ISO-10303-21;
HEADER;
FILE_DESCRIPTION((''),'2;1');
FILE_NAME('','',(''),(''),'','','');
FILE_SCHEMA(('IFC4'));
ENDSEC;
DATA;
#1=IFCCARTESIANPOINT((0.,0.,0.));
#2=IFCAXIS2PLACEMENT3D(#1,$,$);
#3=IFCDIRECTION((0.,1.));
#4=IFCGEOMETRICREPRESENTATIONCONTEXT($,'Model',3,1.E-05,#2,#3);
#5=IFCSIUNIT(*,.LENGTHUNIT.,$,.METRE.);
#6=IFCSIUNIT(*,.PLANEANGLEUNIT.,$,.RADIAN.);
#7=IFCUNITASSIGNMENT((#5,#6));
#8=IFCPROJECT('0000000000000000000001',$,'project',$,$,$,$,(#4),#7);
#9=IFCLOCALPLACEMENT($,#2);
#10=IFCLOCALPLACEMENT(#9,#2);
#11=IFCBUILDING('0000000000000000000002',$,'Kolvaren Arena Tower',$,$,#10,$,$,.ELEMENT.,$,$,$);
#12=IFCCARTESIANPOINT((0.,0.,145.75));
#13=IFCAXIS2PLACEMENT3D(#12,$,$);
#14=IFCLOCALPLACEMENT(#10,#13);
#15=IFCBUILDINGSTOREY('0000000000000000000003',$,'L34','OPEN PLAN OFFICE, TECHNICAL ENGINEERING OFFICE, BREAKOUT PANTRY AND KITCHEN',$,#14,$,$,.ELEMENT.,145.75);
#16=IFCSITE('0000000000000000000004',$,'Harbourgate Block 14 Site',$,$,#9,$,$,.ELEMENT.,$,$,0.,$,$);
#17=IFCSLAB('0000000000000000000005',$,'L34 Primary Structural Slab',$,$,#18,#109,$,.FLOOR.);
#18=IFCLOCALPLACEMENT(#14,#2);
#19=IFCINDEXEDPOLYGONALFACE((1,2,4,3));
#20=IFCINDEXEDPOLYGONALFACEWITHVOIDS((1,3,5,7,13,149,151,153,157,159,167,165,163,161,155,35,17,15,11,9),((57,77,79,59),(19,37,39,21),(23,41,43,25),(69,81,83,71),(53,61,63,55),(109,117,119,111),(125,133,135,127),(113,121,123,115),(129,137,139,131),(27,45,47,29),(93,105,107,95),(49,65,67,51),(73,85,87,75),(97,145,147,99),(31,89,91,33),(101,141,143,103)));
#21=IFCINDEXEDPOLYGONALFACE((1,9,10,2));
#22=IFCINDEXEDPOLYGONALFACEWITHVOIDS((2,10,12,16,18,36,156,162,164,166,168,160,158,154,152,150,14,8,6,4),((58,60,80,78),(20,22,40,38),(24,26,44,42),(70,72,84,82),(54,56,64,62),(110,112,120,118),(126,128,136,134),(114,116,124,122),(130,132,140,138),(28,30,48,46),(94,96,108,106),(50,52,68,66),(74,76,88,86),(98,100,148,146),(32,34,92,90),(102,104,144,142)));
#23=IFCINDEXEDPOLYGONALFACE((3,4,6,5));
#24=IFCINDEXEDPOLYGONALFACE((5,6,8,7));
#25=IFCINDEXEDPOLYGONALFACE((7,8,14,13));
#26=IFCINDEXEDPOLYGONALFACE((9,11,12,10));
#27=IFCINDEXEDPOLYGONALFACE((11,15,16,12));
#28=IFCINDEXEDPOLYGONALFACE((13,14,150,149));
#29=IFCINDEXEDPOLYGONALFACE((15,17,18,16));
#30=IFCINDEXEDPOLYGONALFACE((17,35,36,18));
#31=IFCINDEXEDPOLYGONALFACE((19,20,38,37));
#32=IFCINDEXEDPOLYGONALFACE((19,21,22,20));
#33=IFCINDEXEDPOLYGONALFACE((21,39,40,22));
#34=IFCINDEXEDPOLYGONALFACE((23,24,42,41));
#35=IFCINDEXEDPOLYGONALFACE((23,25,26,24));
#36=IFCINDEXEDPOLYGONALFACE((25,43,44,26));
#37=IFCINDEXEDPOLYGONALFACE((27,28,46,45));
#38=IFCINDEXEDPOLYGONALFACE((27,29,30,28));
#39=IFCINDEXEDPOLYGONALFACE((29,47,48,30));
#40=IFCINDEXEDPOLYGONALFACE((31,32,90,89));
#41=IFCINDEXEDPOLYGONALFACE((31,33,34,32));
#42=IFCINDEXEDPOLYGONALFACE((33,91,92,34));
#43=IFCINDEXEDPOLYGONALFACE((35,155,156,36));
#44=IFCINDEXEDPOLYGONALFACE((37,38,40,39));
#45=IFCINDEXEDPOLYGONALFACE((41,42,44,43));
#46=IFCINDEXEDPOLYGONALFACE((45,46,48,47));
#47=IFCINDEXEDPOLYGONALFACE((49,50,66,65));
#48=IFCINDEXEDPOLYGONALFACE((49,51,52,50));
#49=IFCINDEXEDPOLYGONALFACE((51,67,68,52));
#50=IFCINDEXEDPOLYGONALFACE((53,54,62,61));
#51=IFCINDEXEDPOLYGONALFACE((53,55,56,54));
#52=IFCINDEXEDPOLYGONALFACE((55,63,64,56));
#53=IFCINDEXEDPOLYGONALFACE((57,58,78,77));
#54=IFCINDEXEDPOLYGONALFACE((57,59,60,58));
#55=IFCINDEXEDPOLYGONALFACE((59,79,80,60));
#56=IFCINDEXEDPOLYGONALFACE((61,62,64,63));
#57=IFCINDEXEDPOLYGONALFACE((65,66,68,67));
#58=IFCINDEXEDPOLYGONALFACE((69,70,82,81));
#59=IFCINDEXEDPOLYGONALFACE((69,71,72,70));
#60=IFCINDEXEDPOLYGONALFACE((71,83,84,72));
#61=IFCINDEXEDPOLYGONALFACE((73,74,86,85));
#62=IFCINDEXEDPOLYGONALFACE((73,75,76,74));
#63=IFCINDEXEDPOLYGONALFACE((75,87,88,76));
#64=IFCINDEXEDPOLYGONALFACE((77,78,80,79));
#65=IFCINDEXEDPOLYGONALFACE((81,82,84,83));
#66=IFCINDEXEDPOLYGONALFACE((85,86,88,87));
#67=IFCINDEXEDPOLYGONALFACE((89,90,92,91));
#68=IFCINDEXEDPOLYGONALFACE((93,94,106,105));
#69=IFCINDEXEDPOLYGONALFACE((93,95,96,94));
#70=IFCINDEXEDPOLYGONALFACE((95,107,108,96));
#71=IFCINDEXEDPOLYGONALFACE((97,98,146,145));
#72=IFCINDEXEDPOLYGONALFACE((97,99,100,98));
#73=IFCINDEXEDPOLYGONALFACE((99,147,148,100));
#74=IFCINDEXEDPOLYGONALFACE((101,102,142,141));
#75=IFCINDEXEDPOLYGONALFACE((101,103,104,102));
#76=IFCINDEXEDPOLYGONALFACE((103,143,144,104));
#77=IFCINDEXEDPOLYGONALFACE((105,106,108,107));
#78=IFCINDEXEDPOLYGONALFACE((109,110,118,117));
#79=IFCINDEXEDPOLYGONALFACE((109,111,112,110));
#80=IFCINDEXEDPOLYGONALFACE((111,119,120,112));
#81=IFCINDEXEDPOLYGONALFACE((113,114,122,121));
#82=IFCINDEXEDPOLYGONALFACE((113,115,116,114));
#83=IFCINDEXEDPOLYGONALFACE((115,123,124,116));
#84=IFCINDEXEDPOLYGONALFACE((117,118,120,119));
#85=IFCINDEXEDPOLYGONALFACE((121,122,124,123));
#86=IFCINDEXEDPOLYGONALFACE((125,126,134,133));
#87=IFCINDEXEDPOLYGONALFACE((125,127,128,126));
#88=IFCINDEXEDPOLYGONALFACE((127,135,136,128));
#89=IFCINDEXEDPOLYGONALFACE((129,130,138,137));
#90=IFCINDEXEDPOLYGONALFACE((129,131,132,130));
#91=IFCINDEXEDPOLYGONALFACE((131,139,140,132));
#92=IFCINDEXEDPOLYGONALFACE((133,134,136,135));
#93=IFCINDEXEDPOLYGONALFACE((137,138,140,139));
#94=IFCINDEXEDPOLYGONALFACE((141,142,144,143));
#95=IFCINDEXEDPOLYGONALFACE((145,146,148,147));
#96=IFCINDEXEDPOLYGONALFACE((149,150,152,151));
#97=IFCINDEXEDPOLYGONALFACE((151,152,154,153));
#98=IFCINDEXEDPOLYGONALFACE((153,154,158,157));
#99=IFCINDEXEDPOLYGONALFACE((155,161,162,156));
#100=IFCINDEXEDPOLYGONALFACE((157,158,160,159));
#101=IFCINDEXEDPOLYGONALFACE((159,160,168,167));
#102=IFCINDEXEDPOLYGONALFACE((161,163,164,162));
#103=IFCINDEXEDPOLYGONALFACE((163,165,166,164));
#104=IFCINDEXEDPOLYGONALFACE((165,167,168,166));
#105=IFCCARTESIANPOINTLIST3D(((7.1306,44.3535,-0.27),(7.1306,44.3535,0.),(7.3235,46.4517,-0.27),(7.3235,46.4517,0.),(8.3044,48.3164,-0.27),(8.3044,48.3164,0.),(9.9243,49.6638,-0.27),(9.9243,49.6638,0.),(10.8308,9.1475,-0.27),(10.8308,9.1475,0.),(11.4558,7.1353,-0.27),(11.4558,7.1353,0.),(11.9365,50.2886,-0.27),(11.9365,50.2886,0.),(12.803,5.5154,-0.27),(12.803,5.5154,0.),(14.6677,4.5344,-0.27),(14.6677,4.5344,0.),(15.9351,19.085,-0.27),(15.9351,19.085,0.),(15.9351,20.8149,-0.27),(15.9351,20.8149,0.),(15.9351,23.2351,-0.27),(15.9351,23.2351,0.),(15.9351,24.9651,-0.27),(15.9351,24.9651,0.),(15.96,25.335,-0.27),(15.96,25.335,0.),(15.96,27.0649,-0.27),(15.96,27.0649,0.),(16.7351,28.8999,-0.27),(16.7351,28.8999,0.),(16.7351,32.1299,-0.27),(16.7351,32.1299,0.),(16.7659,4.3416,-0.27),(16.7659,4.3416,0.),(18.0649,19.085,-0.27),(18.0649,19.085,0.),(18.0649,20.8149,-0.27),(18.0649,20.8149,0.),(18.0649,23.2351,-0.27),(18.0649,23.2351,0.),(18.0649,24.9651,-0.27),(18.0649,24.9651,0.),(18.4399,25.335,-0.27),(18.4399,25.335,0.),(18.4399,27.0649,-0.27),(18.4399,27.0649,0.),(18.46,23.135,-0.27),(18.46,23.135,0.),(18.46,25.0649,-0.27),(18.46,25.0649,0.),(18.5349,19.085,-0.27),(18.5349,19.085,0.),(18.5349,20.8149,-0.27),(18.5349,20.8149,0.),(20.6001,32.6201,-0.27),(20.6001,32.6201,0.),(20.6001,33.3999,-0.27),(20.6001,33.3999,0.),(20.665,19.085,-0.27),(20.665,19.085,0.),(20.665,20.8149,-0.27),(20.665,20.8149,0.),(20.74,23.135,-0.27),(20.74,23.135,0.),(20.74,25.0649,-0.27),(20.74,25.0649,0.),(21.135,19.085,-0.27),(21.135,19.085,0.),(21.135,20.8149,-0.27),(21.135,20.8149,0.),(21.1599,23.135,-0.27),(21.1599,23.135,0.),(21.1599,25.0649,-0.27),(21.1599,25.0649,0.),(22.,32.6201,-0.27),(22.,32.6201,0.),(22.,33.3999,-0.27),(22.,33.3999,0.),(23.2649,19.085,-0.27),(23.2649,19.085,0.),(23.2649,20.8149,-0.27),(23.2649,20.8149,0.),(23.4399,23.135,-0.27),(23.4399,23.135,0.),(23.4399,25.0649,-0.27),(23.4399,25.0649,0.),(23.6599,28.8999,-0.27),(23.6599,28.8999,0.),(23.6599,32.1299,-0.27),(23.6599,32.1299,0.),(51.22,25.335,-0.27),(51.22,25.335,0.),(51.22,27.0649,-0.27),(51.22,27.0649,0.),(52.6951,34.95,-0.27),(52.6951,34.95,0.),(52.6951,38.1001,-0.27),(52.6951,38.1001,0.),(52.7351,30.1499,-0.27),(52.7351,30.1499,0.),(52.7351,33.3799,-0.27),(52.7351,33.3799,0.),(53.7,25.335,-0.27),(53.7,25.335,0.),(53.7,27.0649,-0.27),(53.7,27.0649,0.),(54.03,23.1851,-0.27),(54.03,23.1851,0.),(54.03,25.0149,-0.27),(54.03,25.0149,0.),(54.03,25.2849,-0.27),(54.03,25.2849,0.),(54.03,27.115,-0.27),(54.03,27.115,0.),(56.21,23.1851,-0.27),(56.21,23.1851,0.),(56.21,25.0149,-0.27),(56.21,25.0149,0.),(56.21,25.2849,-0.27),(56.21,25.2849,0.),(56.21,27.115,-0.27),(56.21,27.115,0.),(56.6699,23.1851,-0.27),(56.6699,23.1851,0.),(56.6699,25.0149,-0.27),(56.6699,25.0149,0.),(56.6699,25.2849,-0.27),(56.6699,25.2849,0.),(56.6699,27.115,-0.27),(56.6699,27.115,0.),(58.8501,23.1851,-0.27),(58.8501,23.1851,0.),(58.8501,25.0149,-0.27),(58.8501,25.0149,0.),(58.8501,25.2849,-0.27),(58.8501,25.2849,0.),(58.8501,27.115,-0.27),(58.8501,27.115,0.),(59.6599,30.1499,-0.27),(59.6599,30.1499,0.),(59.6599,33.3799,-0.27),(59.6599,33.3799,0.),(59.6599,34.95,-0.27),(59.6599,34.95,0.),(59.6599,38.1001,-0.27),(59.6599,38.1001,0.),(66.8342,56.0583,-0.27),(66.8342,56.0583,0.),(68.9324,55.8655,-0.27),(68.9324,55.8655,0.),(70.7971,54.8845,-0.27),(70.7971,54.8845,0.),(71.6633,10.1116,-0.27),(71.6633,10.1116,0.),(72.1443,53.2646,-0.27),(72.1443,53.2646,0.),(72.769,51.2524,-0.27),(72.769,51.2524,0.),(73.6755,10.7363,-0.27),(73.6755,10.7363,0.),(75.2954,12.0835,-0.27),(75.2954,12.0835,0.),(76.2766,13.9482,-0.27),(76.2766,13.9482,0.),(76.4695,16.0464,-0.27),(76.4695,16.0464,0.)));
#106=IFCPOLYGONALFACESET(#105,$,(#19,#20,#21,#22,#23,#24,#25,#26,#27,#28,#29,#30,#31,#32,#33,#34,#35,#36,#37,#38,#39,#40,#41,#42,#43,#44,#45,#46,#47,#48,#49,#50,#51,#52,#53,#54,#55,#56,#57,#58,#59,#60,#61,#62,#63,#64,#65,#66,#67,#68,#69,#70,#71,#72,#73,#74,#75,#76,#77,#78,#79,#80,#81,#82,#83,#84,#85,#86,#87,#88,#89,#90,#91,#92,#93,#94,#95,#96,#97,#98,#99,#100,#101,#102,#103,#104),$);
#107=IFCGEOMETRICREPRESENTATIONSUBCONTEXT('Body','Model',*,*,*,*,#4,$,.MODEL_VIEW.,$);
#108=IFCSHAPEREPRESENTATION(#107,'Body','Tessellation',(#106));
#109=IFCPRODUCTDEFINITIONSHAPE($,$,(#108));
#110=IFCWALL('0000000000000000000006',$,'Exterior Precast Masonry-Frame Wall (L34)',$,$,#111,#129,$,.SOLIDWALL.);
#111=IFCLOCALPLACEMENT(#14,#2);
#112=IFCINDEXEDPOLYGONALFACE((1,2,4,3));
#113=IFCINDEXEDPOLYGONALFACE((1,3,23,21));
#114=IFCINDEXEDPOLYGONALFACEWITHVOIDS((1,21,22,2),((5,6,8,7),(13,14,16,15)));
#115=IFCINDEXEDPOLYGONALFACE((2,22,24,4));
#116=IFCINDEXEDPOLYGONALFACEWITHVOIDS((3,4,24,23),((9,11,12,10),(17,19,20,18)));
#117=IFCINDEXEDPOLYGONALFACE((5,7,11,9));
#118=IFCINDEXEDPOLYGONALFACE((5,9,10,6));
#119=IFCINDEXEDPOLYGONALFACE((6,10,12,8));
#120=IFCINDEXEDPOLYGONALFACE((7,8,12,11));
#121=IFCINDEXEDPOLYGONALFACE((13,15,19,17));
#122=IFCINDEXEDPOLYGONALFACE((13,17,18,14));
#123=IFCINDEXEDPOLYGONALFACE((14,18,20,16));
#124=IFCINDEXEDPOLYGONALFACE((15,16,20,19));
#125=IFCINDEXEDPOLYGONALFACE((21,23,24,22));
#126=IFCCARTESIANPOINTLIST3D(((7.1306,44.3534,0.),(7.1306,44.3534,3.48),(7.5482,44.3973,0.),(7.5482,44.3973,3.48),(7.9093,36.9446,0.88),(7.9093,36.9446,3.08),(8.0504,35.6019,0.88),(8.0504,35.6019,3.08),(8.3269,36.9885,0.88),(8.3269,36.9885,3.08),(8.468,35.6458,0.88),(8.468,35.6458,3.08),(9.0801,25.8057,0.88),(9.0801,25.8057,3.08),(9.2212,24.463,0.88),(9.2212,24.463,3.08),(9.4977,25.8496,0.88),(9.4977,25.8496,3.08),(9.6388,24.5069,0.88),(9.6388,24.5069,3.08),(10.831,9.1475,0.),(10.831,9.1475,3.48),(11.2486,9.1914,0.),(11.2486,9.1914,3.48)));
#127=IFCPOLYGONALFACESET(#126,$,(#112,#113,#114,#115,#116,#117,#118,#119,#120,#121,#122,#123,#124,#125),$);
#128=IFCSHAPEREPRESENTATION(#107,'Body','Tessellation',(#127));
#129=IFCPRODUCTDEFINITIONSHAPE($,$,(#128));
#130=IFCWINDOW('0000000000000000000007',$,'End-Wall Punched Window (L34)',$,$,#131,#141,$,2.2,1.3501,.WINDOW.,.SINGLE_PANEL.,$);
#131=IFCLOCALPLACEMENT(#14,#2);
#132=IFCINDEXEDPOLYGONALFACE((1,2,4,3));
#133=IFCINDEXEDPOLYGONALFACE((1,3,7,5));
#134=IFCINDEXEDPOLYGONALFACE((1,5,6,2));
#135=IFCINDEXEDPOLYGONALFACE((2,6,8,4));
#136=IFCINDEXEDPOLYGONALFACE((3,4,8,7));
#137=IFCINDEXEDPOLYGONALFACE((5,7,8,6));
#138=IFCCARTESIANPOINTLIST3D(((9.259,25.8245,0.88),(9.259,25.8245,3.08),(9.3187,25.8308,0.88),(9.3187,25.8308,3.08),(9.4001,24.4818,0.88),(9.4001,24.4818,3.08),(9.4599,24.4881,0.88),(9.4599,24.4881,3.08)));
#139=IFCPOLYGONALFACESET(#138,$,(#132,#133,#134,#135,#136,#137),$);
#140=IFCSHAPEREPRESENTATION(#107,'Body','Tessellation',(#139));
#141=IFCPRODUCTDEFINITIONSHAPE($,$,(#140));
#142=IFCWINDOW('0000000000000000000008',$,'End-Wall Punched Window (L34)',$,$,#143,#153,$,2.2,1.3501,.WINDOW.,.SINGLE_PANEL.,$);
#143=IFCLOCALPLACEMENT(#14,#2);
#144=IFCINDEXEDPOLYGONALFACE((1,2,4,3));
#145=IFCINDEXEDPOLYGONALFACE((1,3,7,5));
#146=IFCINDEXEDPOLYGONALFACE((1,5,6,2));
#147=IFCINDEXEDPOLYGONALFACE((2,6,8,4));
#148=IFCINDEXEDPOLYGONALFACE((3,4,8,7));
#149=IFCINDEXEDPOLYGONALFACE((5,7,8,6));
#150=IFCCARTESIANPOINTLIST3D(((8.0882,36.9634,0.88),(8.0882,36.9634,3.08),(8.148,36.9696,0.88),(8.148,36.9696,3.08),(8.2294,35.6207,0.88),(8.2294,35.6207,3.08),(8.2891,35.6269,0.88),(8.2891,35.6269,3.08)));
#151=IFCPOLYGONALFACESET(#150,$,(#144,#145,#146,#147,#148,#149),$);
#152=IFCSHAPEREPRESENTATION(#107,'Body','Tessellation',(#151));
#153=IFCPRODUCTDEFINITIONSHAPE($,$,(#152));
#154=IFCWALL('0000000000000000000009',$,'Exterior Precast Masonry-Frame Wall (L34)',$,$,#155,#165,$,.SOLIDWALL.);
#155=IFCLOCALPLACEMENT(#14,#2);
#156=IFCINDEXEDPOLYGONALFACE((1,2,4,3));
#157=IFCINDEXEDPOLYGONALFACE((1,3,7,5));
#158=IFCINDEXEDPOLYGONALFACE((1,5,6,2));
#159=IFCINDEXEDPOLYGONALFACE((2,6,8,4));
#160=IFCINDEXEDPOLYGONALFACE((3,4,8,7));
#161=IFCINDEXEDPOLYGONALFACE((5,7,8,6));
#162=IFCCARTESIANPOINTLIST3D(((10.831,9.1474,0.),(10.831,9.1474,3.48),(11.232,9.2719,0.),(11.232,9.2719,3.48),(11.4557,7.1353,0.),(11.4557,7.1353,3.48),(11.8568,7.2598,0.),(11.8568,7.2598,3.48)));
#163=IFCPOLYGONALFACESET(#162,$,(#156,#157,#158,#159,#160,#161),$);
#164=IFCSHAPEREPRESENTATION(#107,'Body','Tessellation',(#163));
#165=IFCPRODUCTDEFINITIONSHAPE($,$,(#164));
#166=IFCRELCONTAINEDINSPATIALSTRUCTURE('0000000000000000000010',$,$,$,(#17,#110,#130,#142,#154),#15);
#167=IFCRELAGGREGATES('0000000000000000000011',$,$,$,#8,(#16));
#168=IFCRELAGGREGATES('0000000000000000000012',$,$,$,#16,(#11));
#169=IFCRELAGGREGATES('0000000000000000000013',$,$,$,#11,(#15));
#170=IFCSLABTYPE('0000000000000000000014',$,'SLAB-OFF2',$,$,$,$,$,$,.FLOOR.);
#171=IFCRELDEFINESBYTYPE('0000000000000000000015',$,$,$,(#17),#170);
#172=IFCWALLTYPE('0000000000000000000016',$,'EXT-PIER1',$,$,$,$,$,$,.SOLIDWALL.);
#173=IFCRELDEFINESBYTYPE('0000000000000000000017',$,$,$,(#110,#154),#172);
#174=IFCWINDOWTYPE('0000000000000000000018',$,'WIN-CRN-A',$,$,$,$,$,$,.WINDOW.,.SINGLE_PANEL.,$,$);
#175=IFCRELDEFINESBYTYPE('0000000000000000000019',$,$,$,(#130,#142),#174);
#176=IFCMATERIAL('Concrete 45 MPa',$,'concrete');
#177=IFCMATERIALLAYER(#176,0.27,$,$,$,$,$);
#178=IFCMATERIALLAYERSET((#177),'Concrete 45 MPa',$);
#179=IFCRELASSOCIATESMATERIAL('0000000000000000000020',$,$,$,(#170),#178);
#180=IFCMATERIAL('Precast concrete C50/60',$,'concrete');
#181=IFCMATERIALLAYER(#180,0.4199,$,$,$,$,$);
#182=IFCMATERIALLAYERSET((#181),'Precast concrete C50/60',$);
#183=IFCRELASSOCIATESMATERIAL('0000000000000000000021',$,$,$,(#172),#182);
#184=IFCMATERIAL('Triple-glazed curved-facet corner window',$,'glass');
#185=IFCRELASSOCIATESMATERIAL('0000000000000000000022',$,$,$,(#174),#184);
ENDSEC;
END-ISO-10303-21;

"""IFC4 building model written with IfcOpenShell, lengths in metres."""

from ifc_helpers import new_model, si_unit, direction, frame, frame_2d, origin, place, context, subcontext, project, spatial, polyline, rectangle, outline, extrude, material, layer, layer_set, type_object, element, fill, save


model = new_model("IFC4")

# Units and contexts
model_context = context("Model", 3, precision=1e-05, world=origin(), true_north=direction((0.0, 1.0)))
body_context = subcontext(model_context, "Body", "Model", "MODEL_VIEW")
ifc_project = project(units=[si_unit("LENGTHUNIT", "METRE"), si_unit("PLANEANGLEUNIT", "RADIAN")], contexts=[model_context])

# Site, building, storey
site_placement = place(None, origin())
site = spatial("IfcSite", under=ifc_project, at=site_placement, Name="Harbourgate Block 14 Site", CompositionType="ELEMENT", RefElevation=0.0)
building_placement = place(site_placement, origin())
building = spatial("IfcBuilding", under=site, at=building_placement, Name="Kolvaren Arena Tower", CompositionType="ELEMENT")
storey_placement = place(building_placement, frame((0.0, 0.0, 145.75)))
storey = spatial("IfcBuildingStorey", under=building, at=storey_placement, Name="L34", Description="OPEN PLAN OFFICE, TECHNICAL ENGINEERING OFFICE, BREAKOUT PANTRY AND KITCHEN", CompositionType="ELEMENT", Elevation=145.75)

# Shared definitions
ifc_material_1 = material(Name="Concrete 45 MPa", Category="concrete")

# Slab
ifc_layer_1 = layer(ifc_material_1, 0.27)
ifc_layer_set_1 = layer_set([ifc_layer_1], Name="Concrete 45 MPa")
slab_type_1 = type_object("IfcSlabType", Name="SLAB-OFF2", PredefinedType="FLOOR", material=ifc_layer_set_1)
slab_1_placement = place(storey_placement, frame((0.0, 0.0, -0.27)))
element("IfcSlab", 1, at=slab_1_placement, inside=storey, type_object=slab_type_1, Name="L34 Primary Structural Slab", PredefinedType="FLOOR", context=body_context, shape_type="SweptSolid", body=[
    extrude(outline(polyline([(71.6633, 10.1116), (73.6755, 10.7363), (75.2954, 12.0835), (76.2766, 13.9482), (76.4695, 16.0464), (72.769, 51.2524), (72.1443, 53.2646), (70.7971, 54.8845), (68.9324, 55.8655), (66.8342, 56.0583), (11.9365, 50.2886), (9.9243, 49.6638), (8.3044, 48.3164), (7.3235, 46.4517), (7.1306, 44.3535), (10.8308, 9.1475), (11.4558, 7.1353), (12.803, 5.5154), (14.6677, 4.5344), (16.7659, 4.3416), (71.6633, 10.1116)]), holes=[polyline([(15.9351, 19.085), (15.9351, 20.8149), (18.0649, 20.8149), (18.0649, 19.085), (15.9351, 19.085)]), polyline([(18.5349, 19.085), (18.5349, 20.8149), (20.665, 20.8149), (20.665, 19.085), (18.5349, 19.085)]), polyline([(21.135, 19.085), (21.135, 20.8149), (23.2649, 20.8149), (23.2649, 19.085), (21.135, 19.085)]), polyline([(18.46, 23.135), (18.46, 25.0649), (20.74, 25.0649), (20.74, 23.135), (18.46, 23.135)]), polyline([(21.1599, 23.135), (21.1599, 25.0649), (23.4399, 25.0649), (23.4399, 23.135), (21.1599, 23.135)]), polyline([(54.03, 23.1851), (54.03, 25.0149), (56.21, 25.0149), (56.21, 23.1851), (54.03, 23.1851)]), polyline([(56.6699, 23.1851), (56.6699, 25.0149), (58.8501, 25.0149), (58.8501, 23.1851), (56.6699, 23.1851)]), polyline([(15.9351, 23.2351), (15.9351, 24.9651), (18.0649, 24.9651), (18.0649, 23.2351), (15.9351, 23.2351)]), polyline([(54.03, 25.2849), (54.03, 27.115), (56.21, 27.115), (56.21, 25.2849), (54.03, 25.2849)]), polyline([(56.6699, 25.2849), (56.6699, 27.115), (58.8501, 27.115), (58.8501, 25.2849), (56.6699, 25.2849)]), polyline([(15.96, 25.335), (15.96, 27.0649), (18.4399, 27.0649), (18.4399, 25.335), (15.96, 25.335)]), polyline([(51.22, 25.335), (51.22, 27.0649), (53.7, 27.0649), (53.7, 25.335), (51.22, 25.335)]), polyline([(16.7351, 28.8999), (16.7351, 32.1299), (23.6599, 32.1299), (23.6599, 28.8999), (16.7351, 28.8999)]), polyline([(52.7351, 30.1499), (52.7351, 33.3799), (59.6599, 33.3799), (59.6599, 30.1499), (52.7351, 30.1499)]), polyline([(20.6001, 32.6201), (20.6001, 33.3999), (22.0, 33.3999), (22.0, 32.6201), (20.6001, 32.6201)]), polyline([(52.6951, 34.95), (52.6951, 38.1001), (59.6599, 38.1001), (59.6599, 34.95), (52.6951, 34.95)])]), origin(), (0.0, 0.0, 1.0), 0.27),
])

# Wall, openings, windows
ifc_material_2 = material(Name="Precast concrete C50/60", Category="concrete")
ifc_layer_2 = layer(ifc_material_2, 0.4199)
ifc_layer_set_2 = layer_set([ifc_layer_2], Name="Precast concrete C50/60")
wall_type = type_object("IfcWallType", Name="EXT-PIER1", PredefinedType="SOLIDWALL", material=ifc_layer_set_2)
wall_1_placement = place(storey_placement, frame((11.0398, 9.1694, 0.0), z_axis=(0.0, 0.0, 1.0), x_axis=(-0.104532, 0.994522, 0.0)))
wall_1 = element("IfcWall", 2, at=wall_1_placement, inside=storey, type_object=wall_type, Name="Exterior Precast Masonry-Frame Wall (L34)", PredefinedType="SOLIDWALL", context=body_context, shape_type="SweptSolid", body=[
    extrude(rectangle(XDim=35.3999, YDim=0.4199, at=frame_2d((17.7, 0.0))), origin(), (0.0, 0.0, 1.0), 3.48),
])
opening_1_placement = place(wall_1_placement, frame((15.3999, 0.0, 0.8799)))
opening_1 = element("IfcOpeningElement", 3, at=opening_1_placement, cuts=wall_1, PredefinedType="OPENING", context=body_context, shape_type="SweptSolid", body=[
    extrude(rectangle(XDim=1.3501, YDim=2.2, at=frame_2d((0.675, 1.1001))), frame((0.0, 0.22, 0.0), z_axis=(0.0, -1.0, 0.0), x_axis=(1.0, 0.0, 0.0)), (0.0, 0.0, 1.0), 0.4399),
])
opening_2_placement = place(wall_1_placement, frame((26.6001, 0.0, 0.8799)))
opening_2 = element("IfcOpeningElement", 4, at=opening_2_placement, cuts=wall_1, PredefinedType="OPENING", context=body_context, shape_type="SweptSolid", body=[
    extrude(rectangle(XDim=1.3501, YDim=2.2, at=frame_2d((0.675, 1.1001))), frame((0.0, 0.22, 0.0), z_axis=(0.0, -1.0, 0.0), x_axis=(1.0, 0.0, 0.0)), (0.0, 0.0, 1.0), 0.4399),
])
ifc_material_3 = material(Name="Triple-glazed curved-facet corner window", Category="glass")
window_type = type_object("IfcWindowType", Name="WIN-CRN-A", PartitioningType="SINGLE_PANEL", PredefinedType="WINDOW", material=ifc_material_3)
window_1_placement = place(opening_1_placement, origin())
window_1 = element("IfcWindow", 5, at=window_1_placement, inside=storey, type_object=window_type, Name="End-Wall Punched Window (L34)", OverallHeight=2.2, OverallWidth=1.3501, PartitioningType="SINGLE_PANEL", PredefinedType="WINDOW", context=body_context, shape_type="SweptSolid", body=[
    extrude(rectangle(XDim=1.3501, YDim=2.2, at=frame_2d((0.675, 1.1001))), frame((0.0, 0.03, 0.0), z_axis=(0.0, -1.0, 0.0), x_axis=(1.0, 0.0, 0.0)), (0.0, 0.0, 1.0), 0.0601),
])
fill(opening_1, window_1)
window_2_placement = place(opening_2_placement, origin())
window_2 = element("IfcWindow", 6, at=window_2_placement, inside=storey, type_object=window_type, Name="End-Wall Punched Window (L34)", OverallHeight=2.2, OverallWidth=1.3501, PartitioningType="SINGLE_PANEL", PredefinedType="WINDOW", context=body_context, shape_type="SweptSolid", body=[
    extrude(rectangle(XDim=1.3501, YDim=2.2, at=frame_2d((0.675, 1.1001))), frame((0.0, 0.03, 0.0), z_axis=(0.0, -1.0, 0.0), x_axis=(1.0, 0.0, 0.0)), (0.0, 0.0, 1.0), 0.0601),
])
fill(opening_2, window_2)

# Wall
for number, where, z_axis, x_axis, name in (
    (7, (11.6562, 7.1975, 0.0), (0.0, 0.0, 1.0), (-0.296519, 0.955027, 0.0), "Exterior Precast Masonry-Frame Wall (L34)"),
):
    element("IfcWall", number, at=place(storey_placement, frame(where, z_axis=z_axis, x_axis=x_axis)), inside=storey, type_object=wall_type, Name=name, PredefinedType="SOLIDWALL", context=body_context, shape_type="SweptSolid", body=[
        extrude(rectangle(XDim=2.1069, YDim=0.4199, at=frame_2d((1.0535, 0.0))), origin(), (0.0, 0.0, 1.0), 3.48),
    ])

save(model, "model.ifc")
